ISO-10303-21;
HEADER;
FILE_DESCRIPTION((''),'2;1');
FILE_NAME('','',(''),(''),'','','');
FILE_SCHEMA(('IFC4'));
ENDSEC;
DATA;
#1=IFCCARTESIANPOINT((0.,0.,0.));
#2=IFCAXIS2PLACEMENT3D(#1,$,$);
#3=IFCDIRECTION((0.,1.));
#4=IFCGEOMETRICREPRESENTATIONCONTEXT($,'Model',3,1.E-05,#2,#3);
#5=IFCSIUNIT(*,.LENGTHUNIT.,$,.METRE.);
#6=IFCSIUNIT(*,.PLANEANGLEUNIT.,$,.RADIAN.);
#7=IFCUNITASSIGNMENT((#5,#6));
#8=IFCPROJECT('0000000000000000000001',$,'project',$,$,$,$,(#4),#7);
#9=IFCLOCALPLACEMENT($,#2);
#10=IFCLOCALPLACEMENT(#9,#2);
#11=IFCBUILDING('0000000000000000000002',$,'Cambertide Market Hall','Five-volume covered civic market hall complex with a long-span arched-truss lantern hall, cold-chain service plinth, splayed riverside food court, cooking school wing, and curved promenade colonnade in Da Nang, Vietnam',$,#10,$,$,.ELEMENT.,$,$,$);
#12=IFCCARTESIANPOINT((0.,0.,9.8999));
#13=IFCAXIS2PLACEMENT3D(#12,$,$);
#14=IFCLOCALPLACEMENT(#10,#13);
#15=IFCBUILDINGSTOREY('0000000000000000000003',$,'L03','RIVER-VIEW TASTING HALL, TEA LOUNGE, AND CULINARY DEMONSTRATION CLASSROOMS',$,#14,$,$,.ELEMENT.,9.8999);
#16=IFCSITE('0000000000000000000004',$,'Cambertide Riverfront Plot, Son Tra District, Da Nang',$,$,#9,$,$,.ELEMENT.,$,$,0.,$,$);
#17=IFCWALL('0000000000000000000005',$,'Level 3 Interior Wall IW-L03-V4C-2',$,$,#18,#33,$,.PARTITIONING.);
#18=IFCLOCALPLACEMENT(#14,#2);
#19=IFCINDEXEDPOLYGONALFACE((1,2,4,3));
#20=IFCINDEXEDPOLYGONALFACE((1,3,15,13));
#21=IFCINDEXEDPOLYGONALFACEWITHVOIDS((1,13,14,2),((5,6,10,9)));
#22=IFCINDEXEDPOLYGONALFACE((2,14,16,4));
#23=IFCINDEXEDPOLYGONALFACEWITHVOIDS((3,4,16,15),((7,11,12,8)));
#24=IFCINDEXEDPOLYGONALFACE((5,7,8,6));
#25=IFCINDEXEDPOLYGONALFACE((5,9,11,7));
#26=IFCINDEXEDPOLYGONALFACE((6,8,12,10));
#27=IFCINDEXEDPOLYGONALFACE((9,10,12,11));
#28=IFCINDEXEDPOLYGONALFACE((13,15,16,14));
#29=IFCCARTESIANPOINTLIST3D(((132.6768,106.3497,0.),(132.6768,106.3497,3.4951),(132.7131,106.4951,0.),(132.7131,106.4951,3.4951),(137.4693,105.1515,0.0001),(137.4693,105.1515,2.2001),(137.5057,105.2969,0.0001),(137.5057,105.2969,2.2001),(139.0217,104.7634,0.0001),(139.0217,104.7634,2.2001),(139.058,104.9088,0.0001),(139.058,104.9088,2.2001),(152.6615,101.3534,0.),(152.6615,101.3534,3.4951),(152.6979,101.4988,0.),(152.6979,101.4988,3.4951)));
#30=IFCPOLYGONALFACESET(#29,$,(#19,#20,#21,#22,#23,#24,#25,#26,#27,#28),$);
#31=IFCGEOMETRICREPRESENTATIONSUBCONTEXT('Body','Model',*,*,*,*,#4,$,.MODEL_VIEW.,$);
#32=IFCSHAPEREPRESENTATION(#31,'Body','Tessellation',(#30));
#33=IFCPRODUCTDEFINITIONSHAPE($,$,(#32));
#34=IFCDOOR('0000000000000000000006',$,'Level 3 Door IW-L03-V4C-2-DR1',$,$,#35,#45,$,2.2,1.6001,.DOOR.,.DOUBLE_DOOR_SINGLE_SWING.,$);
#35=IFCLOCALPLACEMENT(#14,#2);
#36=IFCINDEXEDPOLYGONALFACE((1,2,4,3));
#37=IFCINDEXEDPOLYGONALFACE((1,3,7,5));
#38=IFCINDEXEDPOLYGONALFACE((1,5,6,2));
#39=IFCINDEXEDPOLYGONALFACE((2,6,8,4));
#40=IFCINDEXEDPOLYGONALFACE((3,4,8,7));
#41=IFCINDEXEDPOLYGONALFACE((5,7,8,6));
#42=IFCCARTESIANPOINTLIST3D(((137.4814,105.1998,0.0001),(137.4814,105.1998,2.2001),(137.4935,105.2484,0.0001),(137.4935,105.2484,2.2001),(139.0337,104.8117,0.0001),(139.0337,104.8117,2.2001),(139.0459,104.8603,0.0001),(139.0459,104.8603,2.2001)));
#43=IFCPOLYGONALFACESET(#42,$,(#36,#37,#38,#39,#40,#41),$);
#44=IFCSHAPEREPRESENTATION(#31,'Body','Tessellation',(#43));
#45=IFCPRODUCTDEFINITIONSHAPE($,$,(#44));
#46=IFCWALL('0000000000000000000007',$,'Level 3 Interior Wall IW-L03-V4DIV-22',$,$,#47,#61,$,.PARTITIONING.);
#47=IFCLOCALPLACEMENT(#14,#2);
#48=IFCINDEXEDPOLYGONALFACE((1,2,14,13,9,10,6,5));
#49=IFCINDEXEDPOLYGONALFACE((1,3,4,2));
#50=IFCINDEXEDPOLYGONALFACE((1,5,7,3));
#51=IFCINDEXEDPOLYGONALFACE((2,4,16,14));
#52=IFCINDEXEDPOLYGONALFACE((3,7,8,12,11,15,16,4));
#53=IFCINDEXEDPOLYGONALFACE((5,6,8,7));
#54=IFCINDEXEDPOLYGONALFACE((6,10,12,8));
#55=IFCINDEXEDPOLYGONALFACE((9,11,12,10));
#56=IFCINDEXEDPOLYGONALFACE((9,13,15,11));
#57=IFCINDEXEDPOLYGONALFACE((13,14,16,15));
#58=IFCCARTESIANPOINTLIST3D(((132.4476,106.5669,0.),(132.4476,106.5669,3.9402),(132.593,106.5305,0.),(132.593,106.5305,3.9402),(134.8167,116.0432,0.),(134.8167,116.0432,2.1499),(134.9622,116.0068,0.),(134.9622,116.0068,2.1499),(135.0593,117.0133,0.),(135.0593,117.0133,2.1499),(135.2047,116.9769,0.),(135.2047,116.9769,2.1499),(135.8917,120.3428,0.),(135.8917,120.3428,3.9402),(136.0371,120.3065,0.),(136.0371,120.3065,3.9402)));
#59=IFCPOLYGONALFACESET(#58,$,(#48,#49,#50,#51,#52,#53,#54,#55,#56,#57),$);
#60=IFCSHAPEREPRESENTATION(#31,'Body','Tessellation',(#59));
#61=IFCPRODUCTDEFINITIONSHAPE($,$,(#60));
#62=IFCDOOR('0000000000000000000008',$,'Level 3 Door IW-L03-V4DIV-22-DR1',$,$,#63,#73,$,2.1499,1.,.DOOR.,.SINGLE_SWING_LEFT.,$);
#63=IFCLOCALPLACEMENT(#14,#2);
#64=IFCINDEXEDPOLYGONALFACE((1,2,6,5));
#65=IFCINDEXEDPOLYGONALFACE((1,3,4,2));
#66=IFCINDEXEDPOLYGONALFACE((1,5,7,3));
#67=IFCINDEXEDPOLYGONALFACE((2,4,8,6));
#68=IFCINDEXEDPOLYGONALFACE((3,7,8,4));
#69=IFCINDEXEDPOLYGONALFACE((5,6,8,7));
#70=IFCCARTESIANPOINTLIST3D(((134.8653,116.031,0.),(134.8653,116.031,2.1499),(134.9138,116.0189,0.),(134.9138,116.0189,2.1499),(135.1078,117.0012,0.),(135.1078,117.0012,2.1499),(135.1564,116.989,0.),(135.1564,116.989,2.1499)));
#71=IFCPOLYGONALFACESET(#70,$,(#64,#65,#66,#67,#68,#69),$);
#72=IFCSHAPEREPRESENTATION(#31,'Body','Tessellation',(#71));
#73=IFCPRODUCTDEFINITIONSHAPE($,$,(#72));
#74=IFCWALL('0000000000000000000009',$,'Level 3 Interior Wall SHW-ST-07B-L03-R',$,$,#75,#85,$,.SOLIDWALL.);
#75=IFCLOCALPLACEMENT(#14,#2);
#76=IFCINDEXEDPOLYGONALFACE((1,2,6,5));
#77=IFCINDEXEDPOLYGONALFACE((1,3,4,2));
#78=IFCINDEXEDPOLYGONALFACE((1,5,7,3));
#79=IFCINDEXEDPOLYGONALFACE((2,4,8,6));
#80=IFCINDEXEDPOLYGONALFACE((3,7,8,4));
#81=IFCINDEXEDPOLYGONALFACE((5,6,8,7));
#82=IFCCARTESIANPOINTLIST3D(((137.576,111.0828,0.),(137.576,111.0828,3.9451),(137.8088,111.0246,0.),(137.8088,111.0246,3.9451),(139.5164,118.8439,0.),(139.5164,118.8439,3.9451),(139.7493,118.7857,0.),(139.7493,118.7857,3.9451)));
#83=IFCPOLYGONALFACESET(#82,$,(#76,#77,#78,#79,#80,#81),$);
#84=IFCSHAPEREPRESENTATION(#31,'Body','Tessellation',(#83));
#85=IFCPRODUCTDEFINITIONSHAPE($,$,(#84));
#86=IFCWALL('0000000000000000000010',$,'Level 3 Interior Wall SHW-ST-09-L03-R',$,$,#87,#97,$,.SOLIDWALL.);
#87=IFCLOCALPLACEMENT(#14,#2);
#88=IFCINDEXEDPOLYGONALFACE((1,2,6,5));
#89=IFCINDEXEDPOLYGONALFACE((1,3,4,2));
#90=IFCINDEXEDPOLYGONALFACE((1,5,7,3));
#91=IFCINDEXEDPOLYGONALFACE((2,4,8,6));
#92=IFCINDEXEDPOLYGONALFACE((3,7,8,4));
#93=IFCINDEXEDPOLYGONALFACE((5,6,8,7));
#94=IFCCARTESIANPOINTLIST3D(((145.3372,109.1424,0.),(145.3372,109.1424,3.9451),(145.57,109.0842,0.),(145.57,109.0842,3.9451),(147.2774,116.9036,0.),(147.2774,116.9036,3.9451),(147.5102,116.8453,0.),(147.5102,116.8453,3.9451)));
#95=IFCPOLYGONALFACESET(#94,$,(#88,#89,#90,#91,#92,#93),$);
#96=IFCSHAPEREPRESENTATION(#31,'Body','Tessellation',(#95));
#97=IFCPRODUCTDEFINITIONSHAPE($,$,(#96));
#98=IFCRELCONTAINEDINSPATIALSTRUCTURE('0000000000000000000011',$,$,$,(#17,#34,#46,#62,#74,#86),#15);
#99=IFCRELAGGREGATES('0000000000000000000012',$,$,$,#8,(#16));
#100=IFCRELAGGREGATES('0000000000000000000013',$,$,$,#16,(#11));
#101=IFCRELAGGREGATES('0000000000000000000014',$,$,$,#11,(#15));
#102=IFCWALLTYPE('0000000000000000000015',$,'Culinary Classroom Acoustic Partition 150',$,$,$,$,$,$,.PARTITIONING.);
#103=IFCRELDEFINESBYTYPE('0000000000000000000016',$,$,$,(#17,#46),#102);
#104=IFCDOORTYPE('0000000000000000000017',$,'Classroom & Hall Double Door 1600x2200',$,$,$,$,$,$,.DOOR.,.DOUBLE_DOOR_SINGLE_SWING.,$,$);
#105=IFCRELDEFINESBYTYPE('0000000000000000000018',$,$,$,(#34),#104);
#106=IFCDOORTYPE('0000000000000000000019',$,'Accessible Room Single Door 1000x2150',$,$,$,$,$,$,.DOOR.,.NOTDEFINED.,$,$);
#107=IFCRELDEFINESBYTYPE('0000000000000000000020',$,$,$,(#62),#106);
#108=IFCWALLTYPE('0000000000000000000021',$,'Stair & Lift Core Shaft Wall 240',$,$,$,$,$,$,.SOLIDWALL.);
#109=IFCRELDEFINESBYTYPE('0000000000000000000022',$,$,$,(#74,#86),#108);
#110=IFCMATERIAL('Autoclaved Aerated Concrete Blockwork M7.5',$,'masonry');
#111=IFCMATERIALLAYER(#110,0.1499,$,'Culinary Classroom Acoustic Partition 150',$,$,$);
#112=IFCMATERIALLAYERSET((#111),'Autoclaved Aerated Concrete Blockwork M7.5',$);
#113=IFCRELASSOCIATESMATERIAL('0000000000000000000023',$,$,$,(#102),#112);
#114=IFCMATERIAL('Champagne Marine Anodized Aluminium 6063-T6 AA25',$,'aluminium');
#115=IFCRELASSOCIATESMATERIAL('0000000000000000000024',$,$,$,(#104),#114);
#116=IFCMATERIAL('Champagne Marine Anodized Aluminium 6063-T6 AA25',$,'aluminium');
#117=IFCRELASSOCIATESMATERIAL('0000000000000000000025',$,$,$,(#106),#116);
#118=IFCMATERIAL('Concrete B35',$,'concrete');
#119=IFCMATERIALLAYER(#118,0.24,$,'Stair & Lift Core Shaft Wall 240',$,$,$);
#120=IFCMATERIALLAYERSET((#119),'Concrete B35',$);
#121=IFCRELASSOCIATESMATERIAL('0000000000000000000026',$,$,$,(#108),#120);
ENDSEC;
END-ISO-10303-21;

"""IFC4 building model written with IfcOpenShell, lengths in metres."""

from ifc_helpers import new_model, si_unit, direction, frame, frame_2d, origin, place, context, subcontext, project, spatial, rectangle, extrude, material, layer, layer_set, type_object, element, fill, save


model = new_model("IFC4")

# Units and contexts
model_context = context("Model", 3, precision=1e-05, world=origin(), true_north=direction((0.0, 1.0)))
body_context = subcontext(model_context, "Body", "Model", "MODEL_VIEW")
ifc_project = project(units=[si_unit("LENGTHUNIT", "METRE"), si_unit("PLANEANGLEUNIT", "RADIAN")], contexts=[model_context])

# Site, building, storey
site_placement = place(None, origin())
site = spatial("IfcSite", under=ifc_project, at=site_placement, Name="Cambertide Riverfront Plot, Son Tra District, Da Nang", CompositionType="ELEMENT", RefElevation=0.0)
building_placement = place(site_placement, origin())
building = spatial("IfcBuilding", under=site, at=building_placement, Name="Cambertide Market Hall", Description="Five-volume covered civic market hall complex with a long-span arched-truss lantern hall, cold-chain service plinth, splayed riverside food court, cooking school wing, and curved promenade colonnade in Da Nang, Vietnam", CompositionType="ELEMENT")
storey_placement = place(building_placement, frame((0.0, 0.0, 9.8999)))
storey = spatial("IfcBuildingStorey", under=building, at=storey_placement, Name="L03", Description="RIVER-VIEW TASTING HALL, TEA LOUNGE, AND CULINARY DEMONSTRATION CLASSROOMS", CompositionType="ELEMENT", Elevation=9.8999)

# Walls, openings, doors
ifc_material_1 = material(Name="Autoclaved Aerated Concrete Blockwork M7.5", Category="masonry")
ifc_layer_1 = layer(ifc_material_1, 0.1499, Name="Culinary Classroom Acoustic Partition 150")
ifc_layer_set_1 = layer_set([ifc_layer_1], Name="Autoclaved Aerated Concrete Blockwork M7.5")
wall_type_1 = type_object("IfcWallType", Name="Culinary Classroom Acoustic Partition 150", PredefinedType="PARTITIONING", material=ifc_layer_set_1)
wall_1_placement = place(storey_placement, frame((132.6951, 106.4224, 0.0), z_axis=(0.0, 0.0, 1.0), x_axis=(0.970141, -0.242541, 0.0)))
wall_1 = element("IfcWall", 1, at=wall_1_placement, inside=storey, type_object=wall_type_1, Name="Level 3 Interior Wall IW-L03-V4C-2", PredefinedType="PARTITIONING", context=body_context, shape_type="SweptSolid", body=[
    extrude(rectangle(XDim=20.5999, YDim=0.1499, at=frame_2d((10.2998, 0.0))), origin(), (0.0, 0.0, 1.0), 3.4951),
])
opening_1_placement = place(wall_1_placement, frame((4.9399, 0.0, 0.0)))
opening_1 = element("IfcOpeningElement", 2, at=opening_1_placement, cuts=wall_1, PredefinedType="OPENING", context=body_context, shape_type="SweptSolid", body=[
    extrude(rectangle(XDim=1.6001, YDim=2.2, at=frame_2d((0.8, 1.1001))), frame((0.0, 0.085, 0.0), z_axis=(0.0, -1.0, 0.0), x_axis=(1.0, 0.0, 0.0)), (0.0, 0.0, 1.0), 0.1699),
])
ifc_material_2 = material(Name="Champagne Marine Anodized Aluminium 6063-T6 AA25", Category="aluminium")
door_type_1 = type_object("IfcDoorType", Name="Classroom & Hall Double Door 1600x2200", OperationType="DOUBLE_DOOR_SINGLE_SWING", PredefinedType="DOOR", material=ifc_material_2)
door_1_placement = place(opening_1_placement, origin())
door_1 = element("IfcDoor", 3, at=door_1_placement, inside=storey, type_object=door_type_1, Name="Level 3 Door IW-L03-V4C-2-DR1", OperationType="DOUBLE_DOOR_SINGLE_SWING", OverallHeight=2.2, OverallWidth=1.6001, PredefinedType="DOOR", context=body_context, shape_type="SweptSolid", body=[
    extrude(rectangle(XDim=1.6001, YDim=2.2, at=frame_2d((0.8, 1.1001))), frame((0.0, 0.0249, 0.0), z_axis=(0.0, -1.0, 0.0), x_axis=(1.0, 0.0, 0.0)), (0.0, 0.0, 1.0), 0.05),
])
fill(opening_1, door_1)
wall_2_placement = place(storey_placement, frame((132.5203, 106.5486, 0.0), z_axis=(0.0, 0.0, 1.0), x_axis=(0.242544, 0.97014, 0.0)))
wall_2 = element("IfcWall", 4, at=wall_2_placement, inside=storey, type_object=wall_type_1, Name="Level 3 Interior Wall IW-L03-V4DIV-22", PredefinedType="PARTITIONING", context=body_context, shape_type="SweptSolid", body=[
    extrude(rectangle(XDim=14.2, YDim=0.1499, at=frame_2d((7.1001, 0.0))), origin(), (0.0, 0.0, 1.0), 3.9402),
])
opening_2_placement = place(wall_2_placement, frame((9.7681, 0.0, 0.0)))
opening_2 = element("IfcOpeningElement", 5, at=opening_2_placement, cuts=wall_2, PredefinedType="OPENING", context=body_context, shape_type="SweptSolid", body=[
    extrude(rectangle(XDim=1.0, YDim=2.1499, at=frame_2d((0.5, 1.075))), frame((0.0, 0.085, 0.0), z_axis=(0.0, -1.0, 0.0), x_axis=(1.0, 0.0, 0.0)), (0.0, 0.0, 1.0), 0.1699),
])
ifc_material_3 = material(Name="Champagne Marine Anodized Aluminium 6063-T6 AA25", Category="aluminium")
door_type_2 = type_object("IfcDoorType", Name="Accessible Room Single Door 1000x2150", OperationType="NOTDEFINED", PredefinedType="DOOR", material=ifc_material_3)
door_2_placement = place(opening_2_placement, origin())
door_2 = element("IfcDoor", 6, at=door_2_placement, inside=storey, type_object=door_type_2, Name="Level 3 Door IW-L03-V4DIV-22-DR1", OperationType="SINGLE_SWING_LEFT", OverallHeight=2.1499, OverallWidth=1.0, PredefinedType="DOOR", context=body_context, shape_type="SweptSolid", body=[
    extrude(rectangle(XDim=1.0, YDim=2.1499, at=frame_2d((0.5, 1.075))), frame((0.0, 0.0249, 0.0), z_axis=(0.0, -1.0, 0.0), x_axis=(1.0, 0.0, 0.0)), (0.0, 0.0, 1.0), 0.05),
])
fill(opening_2, door_2)
ifc_material_4 = material(Name="Concrete B35", Category="concrete")
ifc_layer_2 = layer(ifc_material_4, 0.24, Name="Stair & Lift Core Shaft Wall 240")
ifc_layer_set_2 = layer_set([ifc_layer_2], Name="Concrete B35")
wall_type_2 = type_object("IfcWallType", Name="Stair & Lift Core Shaft Wall 240", PredefinedType="SOLIDWALL", material=ifc_layer_set_2)

# Walls
for number, where, z_axis, x_axis, name in (
    (7, (137.6924, 111.0537, 0.0), (0.0, 0.0, 1.0), (0.242557, 0.970137, 0.0), "Level 3 Interior Wall SHW-ST-07B-L03-R"),
    (8, (145.4536, 109.1133, 0.0), (0.0, 0.0, 1.0), (0.242521, 0.970146, 0.0), "Level 3 Interior Wall SHW-ST-09-L03-R"),
):
    element("IfcWall", number, at=place(storey_placement, frame(where, z_axis=z_axis, x_axis=x_axis)), inside=storey, type_object=wall_type_2, Name=name, PredefinedType="SOLIDWALL", context=body_context, shape_type="SweptSolid", body=[
        extrude(rectangle(XDim=8.0, YDim=0.24, at=frame_2d((4.0, 0.0))), origin(), (0.0, 0.0, 1.0), 3.9451),
    ])

save(model, "model.ifc")
